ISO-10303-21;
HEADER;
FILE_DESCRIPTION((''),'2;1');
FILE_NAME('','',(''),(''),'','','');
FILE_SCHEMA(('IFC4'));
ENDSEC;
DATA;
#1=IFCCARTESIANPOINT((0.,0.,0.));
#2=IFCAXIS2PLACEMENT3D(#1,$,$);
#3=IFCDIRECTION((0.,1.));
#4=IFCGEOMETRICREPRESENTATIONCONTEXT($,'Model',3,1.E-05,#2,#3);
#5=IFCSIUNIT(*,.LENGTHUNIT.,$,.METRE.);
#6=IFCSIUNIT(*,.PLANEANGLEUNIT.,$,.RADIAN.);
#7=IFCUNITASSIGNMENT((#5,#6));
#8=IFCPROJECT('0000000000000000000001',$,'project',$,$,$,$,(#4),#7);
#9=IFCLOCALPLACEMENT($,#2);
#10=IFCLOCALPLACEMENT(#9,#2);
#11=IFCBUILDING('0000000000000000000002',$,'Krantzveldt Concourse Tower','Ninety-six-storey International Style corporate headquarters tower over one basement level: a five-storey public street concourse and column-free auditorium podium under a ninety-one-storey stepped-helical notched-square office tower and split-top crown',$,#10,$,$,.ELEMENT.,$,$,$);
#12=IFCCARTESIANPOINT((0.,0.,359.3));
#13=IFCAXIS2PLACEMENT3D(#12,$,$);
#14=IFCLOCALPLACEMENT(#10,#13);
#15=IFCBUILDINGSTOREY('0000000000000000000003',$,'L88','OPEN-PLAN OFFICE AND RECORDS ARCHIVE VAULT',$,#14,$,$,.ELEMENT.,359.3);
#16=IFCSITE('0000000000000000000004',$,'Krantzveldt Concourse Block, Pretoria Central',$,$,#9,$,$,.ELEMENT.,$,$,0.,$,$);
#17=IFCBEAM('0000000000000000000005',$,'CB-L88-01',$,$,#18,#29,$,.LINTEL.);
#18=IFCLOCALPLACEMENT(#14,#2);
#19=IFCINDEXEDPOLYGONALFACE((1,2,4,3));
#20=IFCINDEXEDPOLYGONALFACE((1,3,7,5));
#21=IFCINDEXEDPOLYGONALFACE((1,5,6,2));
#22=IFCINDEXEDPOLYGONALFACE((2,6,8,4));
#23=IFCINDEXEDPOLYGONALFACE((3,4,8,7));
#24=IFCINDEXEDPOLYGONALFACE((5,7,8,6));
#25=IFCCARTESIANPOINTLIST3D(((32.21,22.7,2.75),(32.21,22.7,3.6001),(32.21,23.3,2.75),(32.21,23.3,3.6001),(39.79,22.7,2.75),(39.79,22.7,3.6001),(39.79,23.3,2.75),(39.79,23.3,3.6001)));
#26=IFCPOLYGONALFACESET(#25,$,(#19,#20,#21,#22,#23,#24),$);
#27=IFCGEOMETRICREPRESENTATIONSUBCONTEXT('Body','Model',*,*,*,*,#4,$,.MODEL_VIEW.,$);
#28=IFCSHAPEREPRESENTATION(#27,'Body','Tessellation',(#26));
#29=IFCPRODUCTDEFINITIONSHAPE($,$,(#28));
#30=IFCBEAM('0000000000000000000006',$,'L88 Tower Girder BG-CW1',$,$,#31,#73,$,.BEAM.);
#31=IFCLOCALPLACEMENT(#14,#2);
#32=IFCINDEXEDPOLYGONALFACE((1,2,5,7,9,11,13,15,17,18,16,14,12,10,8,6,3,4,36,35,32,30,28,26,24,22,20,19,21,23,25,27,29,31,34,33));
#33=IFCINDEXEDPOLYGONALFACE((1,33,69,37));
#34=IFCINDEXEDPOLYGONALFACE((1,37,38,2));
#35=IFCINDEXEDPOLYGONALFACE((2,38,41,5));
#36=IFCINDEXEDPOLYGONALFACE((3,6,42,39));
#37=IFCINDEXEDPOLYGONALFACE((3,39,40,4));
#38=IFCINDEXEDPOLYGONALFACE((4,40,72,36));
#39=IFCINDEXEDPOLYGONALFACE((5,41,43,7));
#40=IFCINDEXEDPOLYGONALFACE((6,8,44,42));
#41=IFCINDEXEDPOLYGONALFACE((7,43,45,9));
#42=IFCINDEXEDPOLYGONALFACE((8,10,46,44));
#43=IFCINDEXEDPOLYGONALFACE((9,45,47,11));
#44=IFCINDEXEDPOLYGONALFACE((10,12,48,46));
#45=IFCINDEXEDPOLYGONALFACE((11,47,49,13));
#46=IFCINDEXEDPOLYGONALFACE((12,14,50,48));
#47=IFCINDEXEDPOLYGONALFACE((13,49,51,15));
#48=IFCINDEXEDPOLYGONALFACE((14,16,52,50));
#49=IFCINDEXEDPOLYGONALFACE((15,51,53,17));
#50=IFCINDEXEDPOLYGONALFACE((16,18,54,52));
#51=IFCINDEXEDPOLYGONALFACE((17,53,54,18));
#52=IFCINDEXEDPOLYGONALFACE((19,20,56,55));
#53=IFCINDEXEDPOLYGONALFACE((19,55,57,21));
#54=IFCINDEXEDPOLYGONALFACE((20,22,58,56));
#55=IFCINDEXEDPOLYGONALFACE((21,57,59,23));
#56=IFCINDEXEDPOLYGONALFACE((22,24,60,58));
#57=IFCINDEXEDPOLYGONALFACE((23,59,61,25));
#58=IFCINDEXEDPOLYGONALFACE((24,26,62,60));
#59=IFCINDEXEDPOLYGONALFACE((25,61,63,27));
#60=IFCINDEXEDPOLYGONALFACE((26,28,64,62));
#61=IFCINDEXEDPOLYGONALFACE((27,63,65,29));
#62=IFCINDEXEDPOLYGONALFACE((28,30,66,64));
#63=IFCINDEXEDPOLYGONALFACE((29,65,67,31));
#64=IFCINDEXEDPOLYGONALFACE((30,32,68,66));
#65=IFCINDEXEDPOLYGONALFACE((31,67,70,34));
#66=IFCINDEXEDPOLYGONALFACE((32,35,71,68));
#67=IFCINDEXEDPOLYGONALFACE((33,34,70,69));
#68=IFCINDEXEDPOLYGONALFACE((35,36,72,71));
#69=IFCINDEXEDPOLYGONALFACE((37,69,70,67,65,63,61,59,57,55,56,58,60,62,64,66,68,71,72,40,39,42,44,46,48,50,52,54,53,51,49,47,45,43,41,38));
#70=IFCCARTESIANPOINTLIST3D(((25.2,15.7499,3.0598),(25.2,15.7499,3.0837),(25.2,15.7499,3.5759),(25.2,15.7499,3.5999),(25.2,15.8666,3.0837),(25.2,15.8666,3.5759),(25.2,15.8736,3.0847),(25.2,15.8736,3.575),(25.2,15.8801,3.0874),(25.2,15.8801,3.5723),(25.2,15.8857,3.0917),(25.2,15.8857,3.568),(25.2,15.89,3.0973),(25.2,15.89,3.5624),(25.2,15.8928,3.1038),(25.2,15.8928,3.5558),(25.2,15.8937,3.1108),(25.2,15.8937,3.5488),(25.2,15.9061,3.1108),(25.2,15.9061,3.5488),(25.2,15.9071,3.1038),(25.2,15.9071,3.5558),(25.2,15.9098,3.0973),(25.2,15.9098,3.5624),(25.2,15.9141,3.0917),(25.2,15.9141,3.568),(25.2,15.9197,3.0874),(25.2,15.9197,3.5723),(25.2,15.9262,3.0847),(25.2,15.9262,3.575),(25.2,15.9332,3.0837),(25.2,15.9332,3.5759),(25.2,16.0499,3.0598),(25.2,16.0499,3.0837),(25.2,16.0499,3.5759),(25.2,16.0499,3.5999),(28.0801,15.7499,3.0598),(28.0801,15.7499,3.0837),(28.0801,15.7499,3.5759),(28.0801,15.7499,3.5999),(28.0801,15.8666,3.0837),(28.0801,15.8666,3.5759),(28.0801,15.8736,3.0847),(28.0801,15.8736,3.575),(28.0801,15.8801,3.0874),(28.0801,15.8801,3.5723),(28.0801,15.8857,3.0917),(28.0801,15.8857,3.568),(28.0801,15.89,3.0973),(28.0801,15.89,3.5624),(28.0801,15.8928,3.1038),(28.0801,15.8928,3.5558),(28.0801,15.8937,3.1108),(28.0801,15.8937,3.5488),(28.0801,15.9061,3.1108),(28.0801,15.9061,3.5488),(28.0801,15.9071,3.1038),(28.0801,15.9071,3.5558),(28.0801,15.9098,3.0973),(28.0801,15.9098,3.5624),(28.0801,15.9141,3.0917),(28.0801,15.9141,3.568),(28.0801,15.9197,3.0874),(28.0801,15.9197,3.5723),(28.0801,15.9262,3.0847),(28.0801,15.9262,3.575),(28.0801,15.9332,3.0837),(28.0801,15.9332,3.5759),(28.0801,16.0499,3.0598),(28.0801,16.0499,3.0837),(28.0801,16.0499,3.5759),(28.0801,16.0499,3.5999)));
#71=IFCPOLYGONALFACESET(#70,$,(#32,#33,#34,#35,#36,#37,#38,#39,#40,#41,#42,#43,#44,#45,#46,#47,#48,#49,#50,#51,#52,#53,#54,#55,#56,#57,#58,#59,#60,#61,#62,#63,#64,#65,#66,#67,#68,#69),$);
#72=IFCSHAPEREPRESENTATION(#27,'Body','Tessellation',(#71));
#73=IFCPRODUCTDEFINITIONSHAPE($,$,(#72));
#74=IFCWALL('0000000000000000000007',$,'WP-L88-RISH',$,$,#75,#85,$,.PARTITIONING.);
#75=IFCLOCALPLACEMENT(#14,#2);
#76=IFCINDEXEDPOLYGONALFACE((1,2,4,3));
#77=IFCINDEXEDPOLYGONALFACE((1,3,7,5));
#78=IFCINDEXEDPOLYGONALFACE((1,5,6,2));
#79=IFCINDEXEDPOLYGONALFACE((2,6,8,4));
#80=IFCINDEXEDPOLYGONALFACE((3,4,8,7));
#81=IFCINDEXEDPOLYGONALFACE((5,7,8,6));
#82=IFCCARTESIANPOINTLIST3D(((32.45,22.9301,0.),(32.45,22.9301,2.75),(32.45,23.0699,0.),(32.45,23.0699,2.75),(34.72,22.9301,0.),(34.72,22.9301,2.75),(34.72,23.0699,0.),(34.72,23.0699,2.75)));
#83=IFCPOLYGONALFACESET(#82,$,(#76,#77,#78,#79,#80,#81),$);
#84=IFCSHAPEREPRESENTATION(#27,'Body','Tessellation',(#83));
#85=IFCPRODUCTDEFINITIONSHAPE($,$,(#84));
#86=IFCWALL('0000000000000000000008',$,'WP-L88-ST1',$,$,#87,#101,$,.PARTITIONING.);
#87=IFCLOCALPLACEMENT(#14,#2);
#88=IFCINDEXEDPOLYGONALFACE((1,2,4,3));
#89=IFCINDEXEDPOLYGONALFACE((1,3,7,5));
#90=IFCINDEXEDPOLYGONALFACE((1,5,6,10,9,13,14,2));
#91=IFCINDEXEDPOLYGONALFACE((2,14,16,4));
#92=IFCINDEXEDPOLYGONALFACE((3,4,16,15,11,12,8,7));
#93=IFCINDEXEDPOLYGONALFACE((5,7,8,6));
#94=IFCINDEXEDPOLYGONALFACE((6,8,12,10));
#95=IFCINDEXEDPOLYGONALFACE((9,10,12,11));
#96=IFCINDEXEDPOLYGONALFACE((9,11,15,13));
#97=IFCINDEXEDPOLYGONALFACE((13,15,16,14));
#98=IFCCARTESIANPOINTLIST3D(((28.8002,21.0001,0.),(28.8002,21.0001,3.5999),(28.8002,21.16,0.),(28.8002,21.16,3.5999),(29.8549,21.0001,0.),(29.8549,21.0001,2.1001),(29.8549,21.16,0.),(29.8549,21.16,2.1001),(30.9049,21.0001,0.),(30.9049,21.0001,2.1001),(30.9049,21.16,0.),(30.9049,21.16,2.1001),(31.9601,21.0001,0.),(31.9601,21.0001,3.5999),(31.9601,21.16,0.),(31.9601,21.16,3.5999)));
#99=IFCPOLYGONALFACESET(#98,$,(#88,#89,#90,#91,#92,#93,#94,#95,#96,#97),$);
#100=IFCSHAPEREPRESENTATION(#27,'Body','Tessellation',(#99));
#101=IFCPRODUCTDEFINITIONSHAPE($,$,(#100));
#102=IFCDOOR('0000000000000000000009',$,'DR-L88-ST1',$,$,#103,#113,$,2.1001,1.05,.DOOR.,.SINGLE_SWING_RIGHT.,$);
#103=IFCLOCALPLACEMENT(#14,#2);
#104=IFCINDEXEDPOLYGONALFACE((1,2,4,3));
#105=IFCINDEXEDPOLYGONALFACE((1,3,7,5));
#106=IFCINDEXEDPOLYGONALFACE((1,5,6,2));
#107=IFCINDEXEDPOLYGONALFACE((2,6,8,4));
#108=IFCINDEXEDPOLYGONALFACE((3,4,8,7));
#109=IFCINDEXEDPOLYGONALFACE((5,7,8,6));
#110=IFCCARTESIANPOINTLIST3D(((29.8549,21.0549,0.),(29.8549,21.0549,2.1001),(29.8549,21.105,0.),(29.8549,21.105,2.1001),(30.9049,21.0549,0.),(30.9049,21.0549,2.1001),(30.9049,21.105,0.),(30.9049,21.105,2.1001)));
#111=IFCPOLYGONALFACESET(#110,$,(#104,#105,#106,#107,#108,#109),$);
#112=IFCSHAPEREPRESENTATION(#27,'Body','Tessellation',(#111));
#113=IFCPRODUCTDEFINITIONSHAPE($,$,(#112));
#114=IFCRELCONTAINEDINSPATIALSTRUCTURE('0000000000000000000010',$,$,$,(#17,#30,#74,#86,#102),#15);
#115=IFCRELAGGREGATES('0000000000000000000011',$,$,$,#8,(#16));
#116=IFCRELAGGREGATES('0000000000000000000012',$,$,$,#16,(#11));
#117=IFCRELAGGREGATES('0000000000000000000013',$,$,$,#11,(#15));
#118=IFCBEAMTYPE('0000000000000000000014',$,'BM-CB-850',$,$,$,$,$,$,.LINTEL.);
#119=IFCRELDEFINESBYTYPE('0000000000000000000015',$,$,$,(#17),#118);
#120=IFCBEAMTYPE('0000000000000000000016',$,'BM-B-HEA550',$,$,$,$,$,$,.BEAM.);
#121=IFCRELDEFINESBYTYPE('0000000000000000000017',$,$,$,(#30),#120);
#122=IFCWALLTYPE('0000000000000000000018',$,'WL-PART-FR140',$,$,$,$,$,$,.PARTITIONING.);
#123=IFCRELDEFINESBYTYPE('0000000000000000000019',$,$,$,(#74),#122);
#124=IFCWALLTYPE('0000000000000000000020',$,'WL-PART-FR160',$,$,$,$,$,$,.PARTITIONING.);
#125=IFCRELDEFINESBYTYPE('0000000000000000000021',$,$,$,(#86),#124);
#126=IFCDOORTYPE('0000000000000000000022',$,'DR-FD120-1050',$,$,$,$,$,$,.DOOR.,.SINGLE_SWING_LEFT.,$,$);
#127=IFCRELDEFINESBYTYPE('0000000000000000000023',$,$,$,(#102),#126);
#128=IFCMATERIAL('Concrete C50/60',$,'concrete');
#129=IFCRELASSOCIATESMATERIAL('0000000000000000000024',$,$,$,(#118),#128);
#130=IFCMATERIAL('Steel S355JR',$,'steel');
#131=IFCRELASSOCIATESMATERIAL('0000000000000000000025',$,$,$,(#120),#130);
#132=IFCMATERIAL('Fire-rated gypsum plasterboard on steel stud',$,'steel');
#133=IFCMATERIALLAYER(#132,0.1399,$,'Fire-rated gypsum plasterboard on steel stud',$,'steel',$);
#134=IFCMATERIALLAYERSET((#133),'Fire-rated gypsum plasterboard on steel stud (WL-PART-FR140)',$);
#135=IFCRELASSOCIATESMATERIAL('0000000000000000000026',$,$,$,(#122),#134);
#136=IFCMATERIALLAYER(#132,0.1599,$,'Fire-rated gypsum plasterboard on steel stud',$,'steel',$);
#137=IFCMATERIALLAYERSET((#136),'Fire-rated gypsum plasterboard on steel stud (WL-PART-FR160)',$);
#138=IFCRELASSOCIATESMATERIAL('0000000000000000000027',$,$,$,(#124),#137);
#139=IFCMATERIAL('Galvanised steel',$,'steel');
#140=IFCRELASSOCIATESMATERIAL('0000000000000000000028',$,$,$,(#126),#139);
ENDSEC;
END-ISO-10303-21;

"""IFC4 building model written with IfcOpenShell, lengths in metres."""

from ifc_helpers import new_model, si_unit, direction, frame, frame_2d, origin, origin_2d, place, context, subcontext, project, spatial, rectangle, i_section, extrude, source, transform, mapped, material, layer, layer_set, material_profile, profile_set, type_object, type_shapes, element, fill, save


model = new_model("IFC4")

# Units and contexts
model_context = context("Model", 3, precision=1e-05, world=origin(), true_north=direction((0.0, 1.0)))
body_context = subcontext(model_context, "Body", "Model", "MODEL_VIEW")
ifc_project = project(units=[si_unit("LENGTHUNIT", "METRE"), si_unit("PLANEANGLEUNIT", "RADIAN")], contexts=[model_context])

# Site, building, storey
site_placement = place(None, origin())
site = spatial("IfcSite", under=ifc_project, at=site_placement, Name="Krantzveldt Concourse Block, Pretoria Central", CompositionType="ELEMENT", RefElevation=0.0)
building_placement = place(site_placement, origin())
building = spatial("IfcBuilding", under=site, at=building_placement, Name="Krantzveldt Concourse Tower", Description="Ninety-six-storey International Style corporate headquarters tower over one basement level: a five-storey public street concourse and column-free auditorium podium under a ninety-one-storey stepped-helical notched-square office tower and split-top crown", CompositionType="ELEMENT")
storey_placement = place(building_placement, frame((0.0, 0.0, 359.3)))
storey = spatial("IfcBuildingStorey", under=building, at=storey_placement, Name="L88", Description="OPEN-PLAN OFFICE AND RECORDS ARCHIVE VAULT", CompositionType="ELEMENT", Elevation=359.3)

# Beams
ifc_material_1 = material(Name="Concrete C50/60", Category="concrete")
ifc_material_profile_1 = material_profile(ifc_material_1, rectangle(XDim=0.6001, YDim=0.8501, at=origin_2d()), Name="Concrete C50/60", Category="concrete")
ifc_profile_set_1 = profile_set([ifc_material_profile_1], Name="Concrete C50/60 - RC-CB 600x850")
beam_type_1 = type_object("IfcBeamType", Name="BM-CB-850", PredefinedType="LINTEL", material=ifc_profile_set_1)
shared_shape_1 = source(origin(), body_context, "Body", "SweptSolid", [
    extrude(rectangle(XDim=0.6001, YDim=0.8501, at=origin_2d()), origin(), (0.0, 0.0, 1.0), 7.5801),
])
type_shapes(beam_type_1, [shared_shape_1])
beam_1_placement = place(storey_placement, frame((32.21, 23.0, 3.175), z_axis=(1.0, 0.0, 0.0), x_axis=(0.0, 1.0, 0.0)))
element("IfcBeam", 1, at=beam_1_placement, inside=storey, type_object=beam_type_1, Name="CB-L88-01", PredefinedType="LINTEL", context=body_context, shape_type="MappedRepresentation", body=[
    mapped(shared_shape_1, transform((0.0, 0.0, 0.0), x_axis=(1.0, 0.0, 0.0), y_axis=(0.0, 1.0, 0.0), z_axis=(0.0, 0.0, 1.0), scale=1.0)),
])
ifc_material_2 = material(Name="Steel S355JR", Category="steel")
ifc_material_profile_2 = material_profile(ifc_material_2, i_section(OverallWidth=0.3, OverallDepth=0.54, WebThickness=0.0125, FlangeThickness=0.0239, FilletRadius=0.0271, at=origin_2d()), Name="Steel S355JR", Category="steel")
ifc_profile_set_2 = profile_set([ifc_material_profile_2], Name="Steel S355JR - HEA 550")
beam_type_2 = type_object("IfcBeamType", Name="BM-B-HEA550", PredefinedType="BEAM", material=ifc_profile_set_2)
shared_shape_2 = source(origin(), body_context, "Body", "SweptSolid", [
    extrude(i_section(OverallWidth=0.3, OverallDepth=0.54, WebThickness=0.0125, FlangeThickness=0.0239, FilletRadius=0.0271, at=origin_2d()), origin(), (0.0, 0.0, 1.0), 2.8801),
])
type_shapes(beam_type_2, [shared_shape_2])
beam_2_placement = place(storey_placement, frame((25.2, 15.8999, 3.3298), z_axis=(1.0, 0.0, 0.0), x_axis=(0.0, 1.0, 0.0)))
element("IfcBeam", 2, at=beam_2_placement, inside=storey, type_object=beam_type_2, Name="L88 Tower Girder BG-CW1", PredefinedType="BEAM", context=body_context, shape_type="MappedRepresentation", body=[
    mapped(shared_shape_2, transform((0.0, 0.0, 0.0), x_axis=(1.0, 0.0, 0.0), y_axis=(0.0, 1.0, 0.0), z_axis=(0.0, 0.0, 1.0), scale=1.0)),
])

# Wall
ifc_material_3 = material(Name="Fire-rated gypsum plasterboard on steel stud", Category="steel")
ifc_layer_1 = layer(ifc_material_3, 0.1399, Name="Fire-rated gypsum plasterboard on steel stud", Category="steel")
ifc_layer_set_1 = layer_set([ifc_layer_1], Name="Fire-rated gypsum plasterboard on steel stud (WL-PART-FR140)")
wall_type_1 = type_object("IfcWallType", Name="WL-PART-FR140", PredefinedType="PARTITIONING", material=ifc_layer_set_1)
wall_1_placement = place(storey_placement, frame((32.45, 23.0, 0.0), z_axis=(0.0, 0.0, 1.0), x_axis=(1.0, 0.0, 0.0)))
element("IfcWall", 3, at=wall_1_placement, inside=storey, type_object=wall_type_1, Name="WP-L88-RISH", PredefinedType="PARTITIONING", context=body_context, shape_type="SweptSolid", body=[
    extrude(rectangle(XDim=2.27, YDim=0.1399, at=frame_2d((1.135, 0.0))), origin(), (0.0, 0.0, 1.0), 2.75),
])

# Wall, opening, door
ifc_layer_2 = layer(ifc_material_3, 0.1599, Name="Fire-rated gypsum plasterboard on steel stud", Category="steel")
ifc_layer_set_2 = layer_set([ifc_layer_2], Name="Fire-rated gypsum plasterboard on steel stud (WL-PART-FR160)")
wall_type_2 = type_object("IfcWallType", Name="WL-PART-FR160", PredefinedType="PARTITIONING", material=ifc_layer_set_2)
wall_2_placement = place(storey_placement, frame((28.8, 21.0801, 0.0), z_axis=(0.0, 0.0, 1.0), x_axis=(1.0, 0.0, 0.0)))
wall_2 = element("IfcWall", 4, at=wall_2_placement, inside=storey, type_object=wall_type_2, Name="WP-L88-ST1", PredefinedType="PARTITIONING", context=body_context, shape_type="SweptSolid", body=[
    extrude(rectangle(XDim=3.1599, YDim=0.1599, at=frame_2d((1.5801, 0.0))), origin(), (0.0, 0.0, 1.0), 3.5999),
])
opening_1_placement = place(wall_2_placement, frame((1.0549, 0.0, 0.0)))
opening_1 = element("IfcOpeningElement", 5, at=opening_1_placement, cuts=wall_2, PredefinedType="OPENING", context=body_context, shape_type="SweptSolid", body=[
    extrude(rectangle(XDim=1.05, YDim=2.1001, at=frame_2d((0.5249, 1.05))), frame((0.0, 0.0898, 0.0), z_axis=(0.0, -1.0, 0.0), x_axis=(1.0, 0.0, 0.0)), (0.0, 0.0, 1.0), 0.1799),
])
ifc_material_4 = material(Name="Galvanised steel", Category="steel")
door_type_1 = type_object("IfcDoorType", Name="DR-FD120-1050", OperationType="SINGLE_SWING_LEFT", PredefinedType="DOOR", material=ifc_material_4)
door_1_placement = place(opening_1_placement, origin())
door_1 = element("IfcDoor", 6, at=door_1_placement, inside=storey, type_object=door_type_1, Name="DR-L88-ST1", OperationType="SINGLE_SWING_RIGHT", OverallHeight=2.1001, OverallWidth=1.05, PredefinedType="DOOR", context=body_context, shape_type="SweptSolid", body=[
    extrude(rectangle(XDim=1.05, YDim=2.1001, at=frame_2d((0.5249, 1.05))), frame((0.0, 0.0249, 0.0), z_axis=(0.0, -1.0, 0.0), x_axis=(1.0, 0.0, 0.0)), (0.0, 0.0, 1.0), 0.05),
])
fill(opening_1, door_1)

save(model, "model.ifc")
